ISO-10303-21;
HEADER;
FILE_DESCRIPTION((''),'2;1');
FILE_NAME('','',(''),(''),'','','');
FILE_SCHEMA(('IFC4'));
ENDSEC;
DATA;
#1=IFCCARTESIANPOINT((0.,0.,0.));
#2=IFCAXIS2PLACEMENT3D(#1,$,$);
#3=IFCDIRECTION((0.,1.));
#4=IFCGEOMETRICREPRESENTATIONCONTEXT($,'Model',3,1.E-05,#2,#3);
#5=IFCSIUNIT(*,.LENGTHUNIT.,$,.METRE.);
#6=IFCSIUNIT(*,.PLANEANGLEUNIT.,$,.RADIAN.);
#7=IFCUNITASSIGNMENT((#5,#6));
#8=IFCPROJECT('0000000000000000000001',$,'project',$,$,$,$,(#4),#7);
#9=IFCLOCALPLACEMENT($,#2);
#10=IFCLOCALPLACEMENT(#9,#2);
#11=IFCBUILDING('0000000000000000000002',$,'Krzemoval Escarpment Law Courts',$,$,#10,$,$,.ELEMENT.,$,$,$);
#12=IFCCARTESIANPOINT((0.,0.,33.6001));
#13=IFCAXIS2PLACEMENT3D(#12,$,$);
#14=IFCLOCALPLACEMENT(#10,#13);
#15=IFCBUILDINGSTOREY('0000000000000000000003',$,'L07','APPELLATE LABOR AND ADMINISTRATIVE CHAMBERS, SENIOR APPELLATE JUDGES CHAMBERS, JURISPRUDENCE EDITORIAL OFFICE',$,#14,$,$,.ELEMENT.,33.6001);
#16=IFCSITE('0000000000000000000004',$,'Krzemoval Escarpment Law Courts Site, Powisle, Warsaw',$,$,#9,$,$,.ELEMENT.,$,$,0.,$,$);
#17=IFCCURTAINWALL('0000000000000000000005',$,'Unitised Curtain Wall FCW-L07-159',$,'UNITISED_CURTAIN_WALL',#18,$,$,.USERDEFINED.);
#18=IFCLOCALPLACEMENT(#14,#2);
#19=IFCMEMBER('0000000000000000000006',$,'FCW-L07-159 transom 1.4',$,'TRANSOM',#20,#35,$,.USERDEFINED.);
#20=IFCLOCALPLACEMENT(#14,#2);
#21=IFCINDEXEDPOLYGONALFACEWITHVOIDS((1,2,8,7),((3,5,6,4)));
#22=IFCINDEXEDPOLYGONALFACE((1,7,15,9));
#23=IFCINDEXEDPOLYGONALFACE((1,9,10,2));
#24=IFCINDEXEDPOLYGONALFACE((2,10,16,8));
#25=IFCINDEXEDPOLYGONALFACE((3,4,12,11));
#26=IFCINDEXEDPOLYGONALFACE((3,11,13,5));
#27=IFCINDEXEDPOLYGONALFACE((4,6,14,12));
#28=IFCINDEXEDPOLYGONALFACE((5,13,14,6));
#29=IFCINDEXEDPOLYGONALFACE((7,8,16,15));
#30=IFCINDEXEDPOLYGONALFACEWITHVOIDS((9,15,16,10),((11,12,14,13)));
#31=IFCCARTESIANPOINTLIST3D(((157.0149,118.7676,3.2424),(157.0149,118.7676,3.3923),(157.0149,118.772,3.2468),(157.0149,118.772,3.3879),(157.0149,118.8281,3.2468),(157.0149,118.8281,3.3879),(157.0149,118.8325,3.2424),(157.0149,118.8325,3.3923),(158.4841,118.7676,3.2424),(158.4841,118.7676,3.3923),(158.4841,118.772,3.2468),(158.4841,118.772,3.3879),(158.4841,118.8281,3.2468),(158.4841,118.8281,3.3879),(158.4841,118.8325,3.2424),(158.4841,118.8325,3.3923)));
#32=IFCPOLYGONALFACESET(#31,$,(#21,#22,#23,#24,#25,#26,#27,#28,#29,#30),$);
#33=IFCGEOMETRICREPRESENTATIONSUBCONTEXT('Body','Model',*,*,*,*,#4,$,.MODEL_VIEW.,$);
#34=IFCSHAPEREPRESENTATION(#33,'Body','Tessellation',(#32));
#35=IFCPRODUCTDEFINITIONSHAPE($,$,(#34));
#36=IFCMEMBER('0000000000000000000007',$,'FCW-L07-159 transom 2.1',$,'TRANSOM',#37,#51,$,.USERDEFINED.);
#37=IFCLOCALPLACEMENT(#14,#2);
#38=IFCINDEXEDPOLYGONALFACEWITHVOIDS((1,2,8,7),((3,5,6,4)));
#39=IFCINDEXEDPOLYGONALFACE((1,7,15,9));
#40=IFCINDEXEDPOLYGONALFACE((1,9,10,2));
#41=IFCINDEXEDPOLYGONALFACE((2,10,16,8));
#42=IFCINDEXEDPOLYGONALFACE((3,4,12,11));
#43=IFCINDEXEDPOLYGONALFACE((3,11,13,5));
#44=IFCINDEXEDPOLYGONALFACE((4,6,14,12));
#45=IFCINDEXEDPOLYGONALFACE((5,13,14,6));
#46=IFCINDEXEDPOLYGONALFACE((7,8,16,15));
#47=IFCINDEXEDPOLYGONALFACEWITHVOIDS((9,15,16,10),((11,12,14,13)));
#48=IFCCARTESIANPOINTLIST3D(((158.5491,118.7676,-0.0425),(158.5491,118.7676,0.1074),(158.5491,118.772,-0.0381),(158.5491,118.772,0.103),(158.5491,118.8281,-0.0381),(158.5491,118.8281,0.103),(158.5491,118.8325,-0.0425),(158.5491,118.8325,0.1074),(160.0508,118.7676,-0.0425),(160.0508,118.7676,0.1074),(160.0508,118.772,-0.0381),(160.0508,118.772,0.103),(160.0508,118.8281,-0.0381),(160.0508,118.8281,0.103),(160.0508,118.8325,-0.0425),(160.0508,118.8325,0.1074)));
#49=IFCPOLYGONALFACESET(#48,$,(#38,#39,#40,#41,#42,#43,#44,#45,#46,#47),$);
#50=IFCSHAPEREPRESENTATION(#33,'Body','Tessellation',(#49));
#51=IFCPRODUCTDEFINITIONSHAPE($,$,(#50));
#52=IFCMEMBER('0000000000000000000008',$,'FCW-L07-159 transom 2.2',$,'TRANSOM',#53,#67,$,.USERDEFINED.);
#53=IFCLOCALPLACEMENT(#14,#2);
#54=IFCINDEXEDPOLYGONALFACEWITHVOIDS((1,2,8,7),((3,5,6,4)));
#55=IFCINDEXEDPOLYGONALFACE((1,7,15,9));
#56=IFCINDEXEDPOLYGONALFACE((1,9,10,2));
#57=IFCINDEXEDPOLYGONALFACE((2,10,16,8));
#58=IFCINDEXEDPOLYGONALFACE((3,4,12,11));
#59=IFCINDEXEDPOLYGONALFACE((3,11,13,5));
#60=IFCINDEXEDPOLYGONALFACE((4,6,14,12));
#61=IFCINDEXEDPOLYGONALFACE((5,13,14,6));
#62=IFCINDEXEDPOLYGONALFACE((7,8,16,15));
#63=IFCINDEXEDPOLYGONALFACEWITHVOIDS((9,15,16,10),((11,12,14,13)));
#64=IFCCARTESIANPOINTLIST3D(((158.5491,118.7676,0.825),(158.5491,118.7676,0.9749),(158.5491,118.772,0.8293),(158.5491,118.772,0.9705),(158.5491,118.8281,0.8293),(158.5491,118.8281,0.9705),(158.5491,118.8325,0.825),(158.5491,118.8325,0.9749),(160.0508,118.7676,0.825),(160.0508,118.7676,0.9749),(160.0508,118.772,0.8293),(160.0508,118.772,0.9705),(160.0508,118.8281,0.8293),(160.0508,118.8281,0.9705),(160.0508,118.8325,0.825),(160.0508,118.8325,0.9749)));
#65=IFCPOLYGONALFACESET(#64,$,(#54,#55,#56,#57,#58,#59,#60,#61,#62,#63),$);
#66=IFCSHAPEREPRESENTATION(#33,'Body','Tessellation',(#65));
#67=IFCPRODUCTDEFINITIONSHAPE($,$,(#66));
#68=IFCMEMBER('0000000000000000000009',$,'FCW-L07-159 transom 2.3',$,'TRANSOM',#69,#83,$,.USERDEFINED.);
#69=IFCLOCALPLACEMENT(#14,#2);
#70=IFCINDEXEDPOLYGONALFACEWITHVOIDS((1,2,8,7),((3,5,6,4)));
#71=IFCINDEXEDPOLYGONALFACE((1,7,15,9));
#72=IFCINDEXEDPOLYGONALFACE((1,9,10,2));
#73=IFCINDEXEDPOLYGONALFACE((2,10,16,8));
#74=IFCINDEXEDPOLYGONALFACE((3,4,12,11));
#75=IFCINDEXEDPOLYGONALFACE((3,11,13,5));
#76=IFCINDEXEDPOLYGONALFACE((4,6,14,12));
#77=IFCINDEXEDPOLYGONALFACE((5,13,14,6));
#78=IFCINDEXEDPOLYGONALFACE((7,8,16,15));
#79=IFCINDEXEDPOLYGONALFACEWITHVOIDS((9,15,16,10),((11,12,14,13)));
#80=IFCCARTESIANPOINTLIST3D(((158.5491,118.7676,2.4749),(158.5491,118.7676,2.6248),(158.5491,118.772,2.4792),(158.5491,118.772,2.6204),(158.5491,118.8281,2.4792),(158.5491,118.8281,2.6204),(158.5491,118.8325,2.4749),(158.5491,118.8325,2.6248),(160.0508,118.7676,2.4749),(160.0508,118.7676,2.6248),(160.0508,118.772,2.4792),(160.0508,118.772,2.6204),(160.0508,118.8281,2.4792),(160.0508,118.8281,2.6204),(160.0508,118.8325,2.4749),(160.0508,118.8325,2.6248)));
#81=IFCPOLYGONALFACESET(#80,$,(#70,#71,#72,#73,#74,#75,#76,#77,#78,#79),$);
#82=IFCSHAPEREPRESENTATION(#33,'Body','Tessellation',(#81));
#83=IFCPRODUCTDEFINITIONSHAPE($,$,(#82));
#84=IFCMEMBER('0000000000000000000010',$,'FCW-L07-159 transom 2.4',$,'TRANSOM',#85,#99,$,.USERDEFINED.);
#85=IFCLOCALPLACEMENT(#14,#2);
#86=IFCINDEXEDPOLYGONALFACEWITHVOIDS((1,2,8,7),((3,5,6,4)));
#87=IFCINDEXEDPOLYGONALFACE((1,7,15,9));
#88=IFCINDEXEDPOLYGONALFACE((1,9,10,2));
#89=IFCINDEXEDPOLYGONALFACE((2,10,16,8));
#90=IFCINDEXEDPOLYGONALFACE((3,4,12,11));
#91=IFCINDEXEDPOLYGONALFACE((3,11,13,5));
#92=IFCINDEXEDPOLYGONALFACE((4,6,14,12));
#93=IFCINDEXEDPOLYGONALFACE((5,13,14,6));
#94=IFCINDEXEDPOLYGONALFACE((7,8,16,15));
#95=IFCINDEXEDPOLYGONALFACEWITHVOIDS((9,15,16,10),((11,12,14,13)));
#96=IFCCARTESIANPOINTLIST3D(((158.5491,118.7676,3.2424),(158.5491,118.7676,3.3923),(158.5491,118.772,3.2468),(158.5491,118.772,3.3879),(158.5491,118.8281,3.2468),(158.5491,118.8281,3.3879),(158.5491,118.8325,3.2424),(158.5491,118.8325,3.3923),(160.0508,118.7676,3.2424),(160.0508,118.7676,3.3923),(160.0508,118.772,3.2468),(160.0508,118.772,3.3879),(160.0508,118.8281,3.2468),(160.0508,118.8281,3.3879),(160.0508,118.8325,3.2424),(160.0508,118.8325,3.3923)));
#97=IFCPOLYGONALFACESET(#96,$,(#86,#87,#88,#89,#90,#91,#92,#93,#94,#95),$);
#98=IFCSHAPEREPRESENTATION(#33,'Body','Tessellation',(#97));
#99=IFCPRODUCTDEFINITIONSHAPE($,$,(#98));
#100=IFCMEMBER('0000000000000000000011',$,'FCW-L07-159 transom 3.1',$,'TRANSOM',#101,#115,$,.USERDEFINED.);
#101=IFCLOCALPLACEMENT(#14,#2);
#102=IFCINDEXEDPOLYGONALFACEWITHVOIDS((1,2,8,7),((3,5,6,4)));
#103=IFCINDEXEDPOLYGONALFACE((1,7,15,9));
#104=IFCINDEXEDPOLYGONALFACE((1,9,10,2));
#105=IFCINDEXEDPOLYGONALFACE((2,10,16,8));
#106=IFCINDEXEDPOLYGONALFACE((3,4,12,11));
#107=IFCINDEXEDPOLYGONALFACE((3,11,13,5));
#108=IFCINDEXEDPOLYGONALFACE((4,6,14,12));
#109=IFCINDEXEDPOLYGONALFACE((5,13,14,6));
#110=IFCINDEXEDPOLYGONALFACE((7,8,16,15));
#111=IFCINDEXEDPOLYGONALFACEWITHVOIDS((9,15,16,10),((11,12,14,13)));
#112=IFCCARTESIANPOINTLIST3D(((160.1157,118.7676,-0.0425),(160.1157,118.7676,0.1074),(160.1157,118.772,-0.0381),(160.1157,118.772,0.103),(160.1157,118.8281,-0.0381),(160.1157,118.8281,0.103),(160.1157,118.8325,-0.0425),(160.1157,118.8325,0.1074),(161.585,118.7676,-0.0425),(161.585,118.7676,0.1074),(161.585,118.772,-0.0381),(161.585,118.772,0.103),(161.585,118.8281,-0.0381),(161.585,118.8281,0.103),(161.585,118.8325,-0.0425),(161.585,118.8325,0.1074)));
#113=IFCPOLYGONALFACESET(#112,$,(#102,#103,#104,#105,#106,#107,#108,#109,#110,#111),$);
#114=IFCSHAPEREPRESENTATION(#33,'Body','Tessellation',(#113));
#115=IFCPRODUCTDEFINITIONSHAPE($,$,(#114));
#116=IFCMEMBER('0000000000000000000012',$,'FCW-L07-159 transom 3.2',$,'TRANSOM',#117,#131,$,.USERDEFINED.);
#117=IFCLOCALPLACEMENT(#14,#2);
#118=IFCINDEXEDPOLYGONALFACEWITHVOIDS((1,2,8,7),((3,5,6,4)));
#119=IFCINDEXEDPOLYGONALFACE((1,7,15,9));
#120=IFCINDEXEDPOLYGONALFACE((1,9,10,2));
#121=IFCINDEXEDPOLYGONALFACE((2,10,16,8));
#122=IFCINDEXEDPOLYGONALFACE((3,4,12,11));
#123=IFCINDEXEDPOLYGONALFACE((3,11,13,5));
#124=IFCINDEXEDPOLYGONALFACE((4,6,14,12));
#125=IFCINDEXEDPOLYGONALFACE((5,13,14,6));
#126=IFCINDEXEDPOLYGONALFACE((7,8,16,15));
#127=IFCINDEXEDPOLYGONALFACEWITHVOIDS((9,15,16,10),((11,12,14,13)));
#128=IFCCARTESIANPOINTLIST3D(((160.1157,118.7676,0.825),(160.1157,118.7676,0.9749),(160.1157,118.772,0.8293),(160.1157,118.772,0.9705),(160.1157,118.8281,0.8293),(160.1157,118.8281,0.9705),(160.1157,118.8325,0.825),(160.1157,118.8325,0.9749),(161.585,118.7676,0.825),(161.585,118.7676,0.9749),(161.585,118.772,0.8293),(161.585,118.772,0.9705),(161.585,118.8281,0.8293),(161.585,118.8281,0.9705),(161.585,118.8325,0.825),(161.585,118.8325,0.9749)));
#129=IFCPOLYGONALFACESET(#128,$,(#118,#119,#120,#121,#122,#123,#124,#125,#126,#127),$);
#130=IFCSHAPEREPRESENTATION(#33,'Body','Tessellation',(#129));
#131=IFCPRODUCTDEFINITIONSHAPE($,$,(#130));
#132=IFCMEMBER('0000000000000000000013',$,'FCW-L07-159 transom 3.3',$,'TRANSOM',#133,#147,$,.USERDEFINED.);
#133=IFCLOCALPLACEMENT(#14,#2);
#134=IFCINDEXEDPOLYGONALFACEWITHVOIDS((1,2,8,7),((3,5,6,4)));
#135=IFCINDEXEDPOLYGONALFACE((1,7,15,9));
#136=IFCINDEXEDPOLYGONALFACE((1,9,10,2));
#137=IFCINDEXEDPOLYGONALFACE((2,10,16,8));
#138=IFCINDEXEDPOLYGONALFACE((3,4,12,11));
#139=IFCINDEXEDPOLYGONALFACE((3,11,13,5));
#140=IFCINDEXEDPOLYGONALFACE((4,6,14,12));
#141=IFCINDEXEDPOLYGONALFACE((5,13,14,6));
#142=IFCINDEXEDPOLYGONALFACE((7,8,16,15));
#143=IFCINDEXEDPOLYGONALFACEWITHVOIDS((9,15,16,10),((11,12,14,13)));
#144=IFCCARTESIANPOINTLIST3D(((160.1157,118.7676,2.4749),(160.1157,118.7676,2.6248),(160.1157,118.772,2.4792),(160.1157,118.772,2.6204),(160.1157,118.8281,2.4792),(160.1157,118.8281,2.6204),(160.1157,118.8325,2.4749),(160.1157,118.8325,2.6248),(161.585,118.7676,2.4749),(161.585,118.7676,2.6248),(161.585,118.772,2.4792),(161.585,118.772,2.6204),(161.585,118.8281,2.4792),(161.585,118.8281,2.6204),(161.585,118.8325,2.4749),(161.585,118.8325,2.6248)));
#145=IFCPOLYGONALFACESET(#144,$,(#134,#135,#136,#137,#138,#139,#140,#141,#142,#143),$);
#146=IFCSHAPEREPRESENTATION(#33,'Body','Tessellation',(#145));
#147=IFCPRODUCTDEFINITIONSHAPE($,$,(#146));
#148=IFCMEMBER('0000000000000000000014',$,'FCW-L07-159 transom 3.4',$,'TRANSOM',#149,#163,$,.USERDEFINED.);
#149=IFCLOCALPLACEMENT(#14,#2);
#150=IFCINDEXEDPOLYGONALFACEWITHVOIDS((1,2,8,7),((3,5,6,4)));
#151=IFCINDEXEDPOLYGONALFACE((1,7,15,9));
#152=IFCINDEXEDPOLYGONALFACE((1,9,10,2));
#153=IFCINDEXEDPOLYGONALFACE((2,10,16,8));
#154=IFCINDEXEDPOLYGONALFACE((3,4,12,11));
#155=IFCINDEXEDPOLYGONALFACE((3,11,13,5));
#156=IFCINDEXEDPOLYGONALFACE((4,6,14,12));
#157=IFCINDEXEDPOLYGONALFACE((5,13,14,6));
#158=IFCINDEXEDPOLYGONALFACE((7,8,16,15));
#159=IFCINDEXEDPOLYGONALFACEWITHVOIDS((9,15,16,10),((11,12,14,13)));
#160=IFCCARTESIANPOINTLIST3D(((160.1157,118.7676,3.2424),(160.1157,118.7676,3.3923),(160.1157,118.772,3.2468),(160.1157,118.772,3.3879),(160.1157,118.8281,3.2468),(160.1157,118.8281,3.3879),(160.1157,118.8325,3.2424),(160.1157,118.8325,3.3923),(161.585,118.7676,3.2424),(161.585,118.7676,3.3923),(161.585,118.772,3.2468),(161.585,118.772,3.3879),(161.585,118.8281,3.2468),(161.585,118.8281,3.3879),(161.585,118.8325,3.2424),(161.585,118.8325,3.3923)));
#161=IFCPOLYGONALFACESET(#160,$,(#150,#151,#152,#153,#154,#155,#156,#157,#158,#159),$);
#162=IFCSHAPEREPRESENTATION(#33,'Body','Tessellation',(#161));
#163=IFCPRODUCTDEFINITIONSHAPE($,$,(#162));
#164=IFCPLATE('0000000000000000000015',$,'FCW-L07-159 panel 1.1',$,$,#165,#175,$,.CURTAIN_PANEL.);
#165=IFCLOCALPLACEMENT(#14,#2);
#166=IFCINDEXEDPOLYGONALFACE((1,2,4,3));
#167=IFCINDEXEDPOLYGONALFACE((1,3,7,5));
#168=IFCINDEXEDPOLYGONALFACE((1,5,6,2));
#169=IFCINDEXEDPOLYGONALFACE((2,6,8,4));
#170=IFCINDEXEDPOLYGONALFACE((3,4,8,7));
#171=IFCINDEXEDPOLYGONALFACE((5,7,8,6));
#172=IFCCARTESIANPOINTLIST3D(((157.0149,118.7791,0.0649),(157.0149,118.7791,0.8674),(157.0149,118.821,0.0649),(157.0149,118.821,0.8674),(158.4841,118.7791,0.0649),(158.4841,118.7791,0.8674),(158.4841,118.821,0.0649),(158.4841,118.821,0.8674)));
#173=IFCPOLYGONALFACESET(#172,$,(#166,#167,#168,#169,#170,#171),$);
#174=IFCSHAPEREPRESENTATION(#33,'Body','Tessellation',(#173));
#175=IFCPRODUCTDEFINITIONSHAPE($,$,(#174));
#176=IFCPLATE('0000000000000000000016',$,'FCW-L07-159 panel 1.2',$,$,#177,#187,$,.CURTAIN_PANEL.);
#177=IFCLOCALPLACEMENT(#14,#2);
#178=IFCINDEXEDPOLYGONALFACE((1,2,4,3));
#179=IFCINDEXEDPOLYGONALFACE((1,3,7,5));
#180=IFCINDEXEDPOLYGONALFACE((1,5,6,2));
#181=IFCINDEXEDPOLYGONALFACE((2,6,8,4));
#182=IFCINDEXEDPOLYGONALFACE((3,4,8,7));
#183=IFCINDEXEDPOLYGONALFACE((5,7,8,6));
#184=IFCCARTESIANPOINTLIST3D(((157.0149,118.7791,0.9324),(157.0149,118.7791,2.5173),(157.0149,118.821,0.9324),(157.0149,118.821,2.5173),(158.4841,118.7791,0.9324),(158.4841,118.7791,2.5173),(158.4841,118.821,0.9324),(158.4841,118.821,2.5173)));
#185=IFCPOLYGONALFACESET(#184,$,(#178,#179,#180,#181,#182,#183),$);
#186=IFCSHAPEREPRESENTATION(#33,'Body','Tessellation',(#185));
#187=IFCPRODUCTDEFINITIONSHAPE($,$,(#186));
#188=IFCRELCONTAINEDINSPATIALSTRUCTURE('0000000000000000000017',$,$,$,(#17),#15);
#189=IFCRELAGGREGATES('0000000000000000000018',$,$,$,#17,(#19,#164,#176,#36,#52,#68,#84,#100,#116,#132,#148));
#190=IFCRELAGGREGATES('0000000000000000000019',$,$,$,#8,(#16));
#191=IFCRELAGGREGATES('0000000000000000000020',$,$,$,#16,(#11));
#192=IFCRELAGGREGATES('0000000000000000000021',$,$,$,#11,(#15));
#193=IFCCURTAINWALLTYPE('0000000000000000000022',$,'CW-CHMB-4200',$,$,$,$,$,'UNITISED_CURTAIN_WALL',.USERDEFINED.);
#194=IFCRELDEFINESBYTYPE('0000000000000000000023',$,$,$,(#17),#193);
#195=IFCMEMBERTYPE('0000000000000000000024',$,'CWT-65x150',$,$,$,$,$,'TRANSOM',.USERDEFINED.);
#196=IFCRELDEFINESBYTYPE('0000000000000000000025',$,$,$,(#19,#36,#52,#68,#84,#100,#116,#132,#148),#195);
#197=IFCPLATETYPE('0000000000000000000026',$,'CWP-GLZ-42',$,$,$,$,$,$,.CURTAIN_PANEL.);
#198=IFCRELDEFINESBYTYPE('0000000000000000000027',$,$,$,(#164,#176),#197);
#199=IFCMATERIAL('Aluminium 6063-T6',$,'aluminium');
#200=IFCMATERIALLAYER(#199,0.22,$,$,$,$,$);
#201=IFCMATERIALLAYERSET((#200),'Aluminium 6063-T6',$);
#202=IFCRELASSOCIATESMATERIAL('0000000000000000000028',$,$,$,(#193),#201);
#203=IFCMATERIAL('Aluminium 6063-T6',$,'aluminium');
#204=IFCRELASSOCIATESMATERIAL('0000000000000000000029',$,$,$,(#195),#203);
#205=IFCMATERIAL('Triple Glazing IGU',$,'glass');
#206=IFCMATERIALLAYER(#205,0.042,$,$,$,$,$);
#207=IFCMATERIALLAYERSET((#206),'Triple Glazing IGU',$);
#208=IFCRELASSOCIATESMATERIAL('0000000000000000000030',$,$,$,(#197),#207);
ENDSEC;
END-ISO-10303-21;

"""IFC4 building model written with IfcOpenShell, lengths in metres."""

from ifc_helpers import new_model, si_unit, direction, frame, origin, origin_2d, place, context, subcontext, project, spatial, rectangle, hollow_rectangle, extrude, material, layer, layer_set, material_profile, profile_set, type_object, element, aggregate, save


model = new_model("IFC4")

# Units and contexts
model_context = context("Model", 3, precision=1e-05, world=origin(), true_north=direction((0.0, 1.0)))
body_context = subcontext(model_context, "Body", "Model", "MODEL_VIEW")
ifc_project = project(units=[si_unit("LENGTHUNIT", "METRE"), si_unit("PLANEANGLEUNIT", "RADIAN")], contexts=[model_context])

# Site, building, storey
site_placement = place(None, origin())
site = spatial("IfcSite", under=ifc_project, at=site_placement, Name="Krzemoval Escarpment Law Courts Site, Powisle, Warsaw", CompositionType="ELEMENT", RefElevation=0.0)
building_placement = place(site_placement, origin())
building = spatial("IfcBuilding", under=site, at=building_placement, Name="Krzemoval Escarpment Law Courts", CompositionType="ELEMENT")
storey_placement = place(building_placement, frame((0.0, 0.0, 33.6001)))
storey = spatial("IfcBuildingStorey", under=building, at=storey_placement, Name="L07", Description="APPELLATE LABOR AND ADMINISTRATIVE CHAMBERS, SENIOR APPELLATE JUDGES CHAMBERS, JURISPRUDENCE EDITORIAL OFFICE", CompositionType="ELEMENT", Elevation=33.6001)

# Curtain wall, members, plates
ifc_material_1 = material(Name="Aluminium 6063-T6", Category="aluminium")
ifc_layer_1 = layer(ifc_material_1, 0.22)
ifc_layer_set_1 = layer_set([ifc_layer_1], Name="Aluminium 6063-T6")
curtain_wall_type = type_object("IfcCurtainWallType", Name="CW-CHMB-4200", ElementType="UNITISED_CURTAIN_WALL", PredefinedType="USERDEFINED", material=ifc_layer_set_1)
curtain_wall_placement = place(storey_placement, origin())
curtain_wall = element("IfcCurtainWall", 1, at=curtain_wall_placement, inside=storey, type_object=curtain_wall_type, Name="Unitised Curtain Wall FCW-L07-159", ObjectType="UNITISED_CURTAIN_WALL", PredefinedType="USERDEFINED")
ifc_material_2 = material(Name="Aluminium 6063-T6", Category="aluminium")
ifc_material_profile_1 = material_profile(ifc_material_2, hollow_rectangle(XDim=0.0649, YDim=0.1499, WallThickness=0.0044, at=origin_2d()), Name="ALU T65x150")
ifc_profile_set_1 = profile_set([ifc_material_profile_1], Name="Aluminium 6063-T6")
member_type_1 = type_object("IfcMemberType", Name="CWT-65x150", ElementType="TRANSOM", PredefinedType="USERDEFINED", material=ifc_profile_set_1)
member_1_placement = place(storey_placement, frame((157.0149, 118.8, 3.3174), z_axis=(1.0, 0.0, 0.0), x_axis=(0.0, 1.0, 0.0)))
member_1 = element("IfcMember", 2, at=member_1_placement, type_object=member_type_1, Name="FCW-L07-159 transom 1.4", ObjectType="TRANSOM", PredefinedType="USERDEFINED", context=body_context, shape_type="SweptSolid", body=[
    extrude(hollow_rectangle(XDim=0.0649, YDim=0.1499, WallThickness=0.0044, at=origin_2d()), origin(), (0.0, 0.0, 1.0), 1.4692),
])
member_2_placement = place(storey_placement, frame((158.5491, 118.8, 0.0325), z_axis=(1.0, 0.0, 0.0), x_axis=(0.0, 1.0, 0.0)))
member_2 = element("IfcMember", 3, at=member_2_placement, type_object=member_type_1, Name="FCW-L07-159 transom 2.1", ObjectType="TRANSOM", PredefinedType="USERDEFINED", context=body_context, shape_type="SweptSolid", body=[
    extrude(hollow_rectangle(XDim=0.0649, YDim=0.1499, WallThickness=0.0044, at=origin_2d()), origin(), (0.0, 0.0, 1.0), 1.5017),
])
member_3_placement = place(storey_placement, frame((158.5491, 118.8, 0.8999), z_axis=(1.0, 0.0, 0.0), x_axis=(0.0, 1.0, 0.0)))
member_3 = element("IfcMember", 4, at=member_3_placement, type_object=member_type_1, Name="FCW-L07-159 transom 2.2", ObjectType="TRANSOM", PredefinedType="USERDEFINED", context=body_context, shape_type="SweptSolid", body=[
    extrude(hollow_rectangle(XDim=0.0649, YDim=0.1499, WallThickness=0.0044, at=origin_2d()), origin(), (0.0, 0.0, 1.0), 1.5017),
])
member_4_placement = place(storey_placement, frame((158.5491, 118.8, 2.5498), z_axis=(1.0, 0.0, 0.0), x_axis=(0.0, 1.0, 0.0)))
member_4 = element("IfcMember", 5, at=member_4_placement, type_object=member_type_1, Name="FCW-L07-159 transom 2.3", ObjectType="TRANSOM", PredefinedType="USERDEFINED", context=body_context, shape_type="SweptSolid", body=[
    extrude(hollow_rectangle(XDim=0.0649, YDim=0.1499, WallThickness=0.0044, at=origin_2d()), origin(), (0.0, 0.0, 1.0), 1.5017),
])
member_5_placement = place(storey_placement, frame((158.5491, 118.8, 3.3174), z_axis=(1.0, 0.0, 0.0), x_axis=(0.0, 1.0, 0.0)))
member_5 = element("IfcMember", 6, at=member_5_placement, type_object=member_type_1, Name="FCW-L07-159 transom 2.4", ObjectType="TRANSOM", PredefinedType="USERDEFINED", context=body_context, shape_type="SweptSolid", body=[
    extrude(hollow_rectangle(XDim=0.0649, YDim=0.1499, WallThickness=0.0044, at=origin_2d()), origin(), (0.0, 0.0, 1.0), 1.5017),
])
member_6_placement = place(storey_placement, frame((160.1157, 118.8, 0.0325), z_axis=(1.0, 0.0, 0.0), x_axis=(0.0, 1.0, 0.0)))
member_6 = element("IfcMember", 7, at=member_6_placement, type_object=member_type_1, Name="FCW-L07-159 transom 3.1", ObjectType="TRANSOM", PredefinedType="USERDEFINED", context=body_context, shape_type="SweptSolid", body=[
    extrude(hollow_rectangle(XDim=0.0649, YDim=0.1499, WallThickness=0.0044, at=origin_2d()), origin(), (0.0, 0.0, 1.0), 1.4692),
])
member_7_placement = place(storey_placement, frame((160.1157, 118.8, 0.8999), z_axis=(1.0, 0.0, 0.0), x_axis=(0.0, 1.0, 0.0)))
member_7 = element("IfcMember", 8, at=member_7_placement, type_object=member_type_1, Name="FCW-L07-159 transom 3.2", ObjectType="TRANSOM", PredefinedType="USERDEFINED", context=body_context, shape_type="SweptSolid", body=[
    extrude(hollow_rectangle(XDim=0.0649, YDim=0.1499, WallThickness=0.0044, at=origin_2d()), origin(), (0.0, 0.0, 1.0), 1.4692),
])
member_8_placement = place(storey_placement, frame((160.1157, 118.8, 2.5498), z_axis=(1.0, 0.0, 0.0), x_axis=(0.0, 1.0, 0.0)))
member_8 = element("IfcMember", 9, at=member_8_placement, type_object=member_type_1, Name="FCW-L07-159 transom 3.3", ObjectType="TRANSOM", PredefinedType="USERDEFINED", context=body_context, shape_type="SweptSolid", body=[
    extrude(hollow_rectangle(XDim=0.0649, YDim=0.1499, WallThickness=0.0044, at=origin_2d()), origin(), (0.0, 0.0, 1.0), 1.4692),
])
member_9_placement = place(storey_placement, frame((160.1157, 118.8, 3.3174), z_axis=(1.0, 0.0, 0.0), x_axis=(0.0, 1.0, 0.0)))
member_9 = element("IfcMember", 10, at=member_9_placement, type_object=member_type_1, Name="FCW-L07-159 transom 3.4", ObjectType="TRANSOM", PredefinedType="USERDEFINED", context=body_context, shape_type="SweptSolid", body=[
    extrude(hollow_rectangle(XDim=0.0649, YDim=0.1499, WallThickness=0.0044, at=origin_2d()), origin(), (0.0, 0.0, 1.0), 1.4692),
])
ifc_material_3 = material(Name="Triple Glazing IGU", Category="glass")
ifc_layer_2 = layer(ifc_material_3, 0.042)
ifc_layer_set_2 = layer_set([ifc_layer_2], Name="Triple Glazing IGU")
plate_type = type_object("IfcPlateType", Name="CWP-GLZ-42", PredefinedType="CURTAIN_PANEL", material=ifc_layer_set_2)
plate_1_placement = place(storey_placement, frame((157.7495, 118.8, 0.0649), z_axis=(0.0, 0.0, 1.0), x_axis=(1.0, 0.0, 0.0)))
plate_1 = element("IfcPlate", 11, at=plate_1_placement, type_object=plate_type, Name="FCW-L07-159 panel 1.1", PredefinedType="CURTAIN_PANEL", context=body_context, shape_type="SweptSolid", body=[
    extrude(rectangle(XDim=1.4692, YDim=0.042, at=origin_2d()), origin(), (0.0, 0.0, 1.0), 0.8025),
])
plate_2_placement = place(storey_placement, frame((157.7495, 118.8, 0.9324), z_axis=(0.0, 0.0, 1.0), x_axis=(1.0, 0.0, 0.0)))
plate_2 = element("IfcPlate", 12, at=plate_2_placement, type_object=plate_type, Name="FCW-L07-159 panel 1.2", PredefinedType="CURTAIN_PANEL", context=body_context, shape_type="SweptSolid", body=[
    extrude(rectangle(XDim=1.4692, YDim=0.042, at=origin_2d()), origin(), (0.0, 0.0, 1.0), 1.585),
])
aggregate(curtain_wall, [member_1, plate_1, plate_2, member_2, member_3, member_4, member_5, member_6, member_7, member_8, member_9])

save(model, "model.ifc")
